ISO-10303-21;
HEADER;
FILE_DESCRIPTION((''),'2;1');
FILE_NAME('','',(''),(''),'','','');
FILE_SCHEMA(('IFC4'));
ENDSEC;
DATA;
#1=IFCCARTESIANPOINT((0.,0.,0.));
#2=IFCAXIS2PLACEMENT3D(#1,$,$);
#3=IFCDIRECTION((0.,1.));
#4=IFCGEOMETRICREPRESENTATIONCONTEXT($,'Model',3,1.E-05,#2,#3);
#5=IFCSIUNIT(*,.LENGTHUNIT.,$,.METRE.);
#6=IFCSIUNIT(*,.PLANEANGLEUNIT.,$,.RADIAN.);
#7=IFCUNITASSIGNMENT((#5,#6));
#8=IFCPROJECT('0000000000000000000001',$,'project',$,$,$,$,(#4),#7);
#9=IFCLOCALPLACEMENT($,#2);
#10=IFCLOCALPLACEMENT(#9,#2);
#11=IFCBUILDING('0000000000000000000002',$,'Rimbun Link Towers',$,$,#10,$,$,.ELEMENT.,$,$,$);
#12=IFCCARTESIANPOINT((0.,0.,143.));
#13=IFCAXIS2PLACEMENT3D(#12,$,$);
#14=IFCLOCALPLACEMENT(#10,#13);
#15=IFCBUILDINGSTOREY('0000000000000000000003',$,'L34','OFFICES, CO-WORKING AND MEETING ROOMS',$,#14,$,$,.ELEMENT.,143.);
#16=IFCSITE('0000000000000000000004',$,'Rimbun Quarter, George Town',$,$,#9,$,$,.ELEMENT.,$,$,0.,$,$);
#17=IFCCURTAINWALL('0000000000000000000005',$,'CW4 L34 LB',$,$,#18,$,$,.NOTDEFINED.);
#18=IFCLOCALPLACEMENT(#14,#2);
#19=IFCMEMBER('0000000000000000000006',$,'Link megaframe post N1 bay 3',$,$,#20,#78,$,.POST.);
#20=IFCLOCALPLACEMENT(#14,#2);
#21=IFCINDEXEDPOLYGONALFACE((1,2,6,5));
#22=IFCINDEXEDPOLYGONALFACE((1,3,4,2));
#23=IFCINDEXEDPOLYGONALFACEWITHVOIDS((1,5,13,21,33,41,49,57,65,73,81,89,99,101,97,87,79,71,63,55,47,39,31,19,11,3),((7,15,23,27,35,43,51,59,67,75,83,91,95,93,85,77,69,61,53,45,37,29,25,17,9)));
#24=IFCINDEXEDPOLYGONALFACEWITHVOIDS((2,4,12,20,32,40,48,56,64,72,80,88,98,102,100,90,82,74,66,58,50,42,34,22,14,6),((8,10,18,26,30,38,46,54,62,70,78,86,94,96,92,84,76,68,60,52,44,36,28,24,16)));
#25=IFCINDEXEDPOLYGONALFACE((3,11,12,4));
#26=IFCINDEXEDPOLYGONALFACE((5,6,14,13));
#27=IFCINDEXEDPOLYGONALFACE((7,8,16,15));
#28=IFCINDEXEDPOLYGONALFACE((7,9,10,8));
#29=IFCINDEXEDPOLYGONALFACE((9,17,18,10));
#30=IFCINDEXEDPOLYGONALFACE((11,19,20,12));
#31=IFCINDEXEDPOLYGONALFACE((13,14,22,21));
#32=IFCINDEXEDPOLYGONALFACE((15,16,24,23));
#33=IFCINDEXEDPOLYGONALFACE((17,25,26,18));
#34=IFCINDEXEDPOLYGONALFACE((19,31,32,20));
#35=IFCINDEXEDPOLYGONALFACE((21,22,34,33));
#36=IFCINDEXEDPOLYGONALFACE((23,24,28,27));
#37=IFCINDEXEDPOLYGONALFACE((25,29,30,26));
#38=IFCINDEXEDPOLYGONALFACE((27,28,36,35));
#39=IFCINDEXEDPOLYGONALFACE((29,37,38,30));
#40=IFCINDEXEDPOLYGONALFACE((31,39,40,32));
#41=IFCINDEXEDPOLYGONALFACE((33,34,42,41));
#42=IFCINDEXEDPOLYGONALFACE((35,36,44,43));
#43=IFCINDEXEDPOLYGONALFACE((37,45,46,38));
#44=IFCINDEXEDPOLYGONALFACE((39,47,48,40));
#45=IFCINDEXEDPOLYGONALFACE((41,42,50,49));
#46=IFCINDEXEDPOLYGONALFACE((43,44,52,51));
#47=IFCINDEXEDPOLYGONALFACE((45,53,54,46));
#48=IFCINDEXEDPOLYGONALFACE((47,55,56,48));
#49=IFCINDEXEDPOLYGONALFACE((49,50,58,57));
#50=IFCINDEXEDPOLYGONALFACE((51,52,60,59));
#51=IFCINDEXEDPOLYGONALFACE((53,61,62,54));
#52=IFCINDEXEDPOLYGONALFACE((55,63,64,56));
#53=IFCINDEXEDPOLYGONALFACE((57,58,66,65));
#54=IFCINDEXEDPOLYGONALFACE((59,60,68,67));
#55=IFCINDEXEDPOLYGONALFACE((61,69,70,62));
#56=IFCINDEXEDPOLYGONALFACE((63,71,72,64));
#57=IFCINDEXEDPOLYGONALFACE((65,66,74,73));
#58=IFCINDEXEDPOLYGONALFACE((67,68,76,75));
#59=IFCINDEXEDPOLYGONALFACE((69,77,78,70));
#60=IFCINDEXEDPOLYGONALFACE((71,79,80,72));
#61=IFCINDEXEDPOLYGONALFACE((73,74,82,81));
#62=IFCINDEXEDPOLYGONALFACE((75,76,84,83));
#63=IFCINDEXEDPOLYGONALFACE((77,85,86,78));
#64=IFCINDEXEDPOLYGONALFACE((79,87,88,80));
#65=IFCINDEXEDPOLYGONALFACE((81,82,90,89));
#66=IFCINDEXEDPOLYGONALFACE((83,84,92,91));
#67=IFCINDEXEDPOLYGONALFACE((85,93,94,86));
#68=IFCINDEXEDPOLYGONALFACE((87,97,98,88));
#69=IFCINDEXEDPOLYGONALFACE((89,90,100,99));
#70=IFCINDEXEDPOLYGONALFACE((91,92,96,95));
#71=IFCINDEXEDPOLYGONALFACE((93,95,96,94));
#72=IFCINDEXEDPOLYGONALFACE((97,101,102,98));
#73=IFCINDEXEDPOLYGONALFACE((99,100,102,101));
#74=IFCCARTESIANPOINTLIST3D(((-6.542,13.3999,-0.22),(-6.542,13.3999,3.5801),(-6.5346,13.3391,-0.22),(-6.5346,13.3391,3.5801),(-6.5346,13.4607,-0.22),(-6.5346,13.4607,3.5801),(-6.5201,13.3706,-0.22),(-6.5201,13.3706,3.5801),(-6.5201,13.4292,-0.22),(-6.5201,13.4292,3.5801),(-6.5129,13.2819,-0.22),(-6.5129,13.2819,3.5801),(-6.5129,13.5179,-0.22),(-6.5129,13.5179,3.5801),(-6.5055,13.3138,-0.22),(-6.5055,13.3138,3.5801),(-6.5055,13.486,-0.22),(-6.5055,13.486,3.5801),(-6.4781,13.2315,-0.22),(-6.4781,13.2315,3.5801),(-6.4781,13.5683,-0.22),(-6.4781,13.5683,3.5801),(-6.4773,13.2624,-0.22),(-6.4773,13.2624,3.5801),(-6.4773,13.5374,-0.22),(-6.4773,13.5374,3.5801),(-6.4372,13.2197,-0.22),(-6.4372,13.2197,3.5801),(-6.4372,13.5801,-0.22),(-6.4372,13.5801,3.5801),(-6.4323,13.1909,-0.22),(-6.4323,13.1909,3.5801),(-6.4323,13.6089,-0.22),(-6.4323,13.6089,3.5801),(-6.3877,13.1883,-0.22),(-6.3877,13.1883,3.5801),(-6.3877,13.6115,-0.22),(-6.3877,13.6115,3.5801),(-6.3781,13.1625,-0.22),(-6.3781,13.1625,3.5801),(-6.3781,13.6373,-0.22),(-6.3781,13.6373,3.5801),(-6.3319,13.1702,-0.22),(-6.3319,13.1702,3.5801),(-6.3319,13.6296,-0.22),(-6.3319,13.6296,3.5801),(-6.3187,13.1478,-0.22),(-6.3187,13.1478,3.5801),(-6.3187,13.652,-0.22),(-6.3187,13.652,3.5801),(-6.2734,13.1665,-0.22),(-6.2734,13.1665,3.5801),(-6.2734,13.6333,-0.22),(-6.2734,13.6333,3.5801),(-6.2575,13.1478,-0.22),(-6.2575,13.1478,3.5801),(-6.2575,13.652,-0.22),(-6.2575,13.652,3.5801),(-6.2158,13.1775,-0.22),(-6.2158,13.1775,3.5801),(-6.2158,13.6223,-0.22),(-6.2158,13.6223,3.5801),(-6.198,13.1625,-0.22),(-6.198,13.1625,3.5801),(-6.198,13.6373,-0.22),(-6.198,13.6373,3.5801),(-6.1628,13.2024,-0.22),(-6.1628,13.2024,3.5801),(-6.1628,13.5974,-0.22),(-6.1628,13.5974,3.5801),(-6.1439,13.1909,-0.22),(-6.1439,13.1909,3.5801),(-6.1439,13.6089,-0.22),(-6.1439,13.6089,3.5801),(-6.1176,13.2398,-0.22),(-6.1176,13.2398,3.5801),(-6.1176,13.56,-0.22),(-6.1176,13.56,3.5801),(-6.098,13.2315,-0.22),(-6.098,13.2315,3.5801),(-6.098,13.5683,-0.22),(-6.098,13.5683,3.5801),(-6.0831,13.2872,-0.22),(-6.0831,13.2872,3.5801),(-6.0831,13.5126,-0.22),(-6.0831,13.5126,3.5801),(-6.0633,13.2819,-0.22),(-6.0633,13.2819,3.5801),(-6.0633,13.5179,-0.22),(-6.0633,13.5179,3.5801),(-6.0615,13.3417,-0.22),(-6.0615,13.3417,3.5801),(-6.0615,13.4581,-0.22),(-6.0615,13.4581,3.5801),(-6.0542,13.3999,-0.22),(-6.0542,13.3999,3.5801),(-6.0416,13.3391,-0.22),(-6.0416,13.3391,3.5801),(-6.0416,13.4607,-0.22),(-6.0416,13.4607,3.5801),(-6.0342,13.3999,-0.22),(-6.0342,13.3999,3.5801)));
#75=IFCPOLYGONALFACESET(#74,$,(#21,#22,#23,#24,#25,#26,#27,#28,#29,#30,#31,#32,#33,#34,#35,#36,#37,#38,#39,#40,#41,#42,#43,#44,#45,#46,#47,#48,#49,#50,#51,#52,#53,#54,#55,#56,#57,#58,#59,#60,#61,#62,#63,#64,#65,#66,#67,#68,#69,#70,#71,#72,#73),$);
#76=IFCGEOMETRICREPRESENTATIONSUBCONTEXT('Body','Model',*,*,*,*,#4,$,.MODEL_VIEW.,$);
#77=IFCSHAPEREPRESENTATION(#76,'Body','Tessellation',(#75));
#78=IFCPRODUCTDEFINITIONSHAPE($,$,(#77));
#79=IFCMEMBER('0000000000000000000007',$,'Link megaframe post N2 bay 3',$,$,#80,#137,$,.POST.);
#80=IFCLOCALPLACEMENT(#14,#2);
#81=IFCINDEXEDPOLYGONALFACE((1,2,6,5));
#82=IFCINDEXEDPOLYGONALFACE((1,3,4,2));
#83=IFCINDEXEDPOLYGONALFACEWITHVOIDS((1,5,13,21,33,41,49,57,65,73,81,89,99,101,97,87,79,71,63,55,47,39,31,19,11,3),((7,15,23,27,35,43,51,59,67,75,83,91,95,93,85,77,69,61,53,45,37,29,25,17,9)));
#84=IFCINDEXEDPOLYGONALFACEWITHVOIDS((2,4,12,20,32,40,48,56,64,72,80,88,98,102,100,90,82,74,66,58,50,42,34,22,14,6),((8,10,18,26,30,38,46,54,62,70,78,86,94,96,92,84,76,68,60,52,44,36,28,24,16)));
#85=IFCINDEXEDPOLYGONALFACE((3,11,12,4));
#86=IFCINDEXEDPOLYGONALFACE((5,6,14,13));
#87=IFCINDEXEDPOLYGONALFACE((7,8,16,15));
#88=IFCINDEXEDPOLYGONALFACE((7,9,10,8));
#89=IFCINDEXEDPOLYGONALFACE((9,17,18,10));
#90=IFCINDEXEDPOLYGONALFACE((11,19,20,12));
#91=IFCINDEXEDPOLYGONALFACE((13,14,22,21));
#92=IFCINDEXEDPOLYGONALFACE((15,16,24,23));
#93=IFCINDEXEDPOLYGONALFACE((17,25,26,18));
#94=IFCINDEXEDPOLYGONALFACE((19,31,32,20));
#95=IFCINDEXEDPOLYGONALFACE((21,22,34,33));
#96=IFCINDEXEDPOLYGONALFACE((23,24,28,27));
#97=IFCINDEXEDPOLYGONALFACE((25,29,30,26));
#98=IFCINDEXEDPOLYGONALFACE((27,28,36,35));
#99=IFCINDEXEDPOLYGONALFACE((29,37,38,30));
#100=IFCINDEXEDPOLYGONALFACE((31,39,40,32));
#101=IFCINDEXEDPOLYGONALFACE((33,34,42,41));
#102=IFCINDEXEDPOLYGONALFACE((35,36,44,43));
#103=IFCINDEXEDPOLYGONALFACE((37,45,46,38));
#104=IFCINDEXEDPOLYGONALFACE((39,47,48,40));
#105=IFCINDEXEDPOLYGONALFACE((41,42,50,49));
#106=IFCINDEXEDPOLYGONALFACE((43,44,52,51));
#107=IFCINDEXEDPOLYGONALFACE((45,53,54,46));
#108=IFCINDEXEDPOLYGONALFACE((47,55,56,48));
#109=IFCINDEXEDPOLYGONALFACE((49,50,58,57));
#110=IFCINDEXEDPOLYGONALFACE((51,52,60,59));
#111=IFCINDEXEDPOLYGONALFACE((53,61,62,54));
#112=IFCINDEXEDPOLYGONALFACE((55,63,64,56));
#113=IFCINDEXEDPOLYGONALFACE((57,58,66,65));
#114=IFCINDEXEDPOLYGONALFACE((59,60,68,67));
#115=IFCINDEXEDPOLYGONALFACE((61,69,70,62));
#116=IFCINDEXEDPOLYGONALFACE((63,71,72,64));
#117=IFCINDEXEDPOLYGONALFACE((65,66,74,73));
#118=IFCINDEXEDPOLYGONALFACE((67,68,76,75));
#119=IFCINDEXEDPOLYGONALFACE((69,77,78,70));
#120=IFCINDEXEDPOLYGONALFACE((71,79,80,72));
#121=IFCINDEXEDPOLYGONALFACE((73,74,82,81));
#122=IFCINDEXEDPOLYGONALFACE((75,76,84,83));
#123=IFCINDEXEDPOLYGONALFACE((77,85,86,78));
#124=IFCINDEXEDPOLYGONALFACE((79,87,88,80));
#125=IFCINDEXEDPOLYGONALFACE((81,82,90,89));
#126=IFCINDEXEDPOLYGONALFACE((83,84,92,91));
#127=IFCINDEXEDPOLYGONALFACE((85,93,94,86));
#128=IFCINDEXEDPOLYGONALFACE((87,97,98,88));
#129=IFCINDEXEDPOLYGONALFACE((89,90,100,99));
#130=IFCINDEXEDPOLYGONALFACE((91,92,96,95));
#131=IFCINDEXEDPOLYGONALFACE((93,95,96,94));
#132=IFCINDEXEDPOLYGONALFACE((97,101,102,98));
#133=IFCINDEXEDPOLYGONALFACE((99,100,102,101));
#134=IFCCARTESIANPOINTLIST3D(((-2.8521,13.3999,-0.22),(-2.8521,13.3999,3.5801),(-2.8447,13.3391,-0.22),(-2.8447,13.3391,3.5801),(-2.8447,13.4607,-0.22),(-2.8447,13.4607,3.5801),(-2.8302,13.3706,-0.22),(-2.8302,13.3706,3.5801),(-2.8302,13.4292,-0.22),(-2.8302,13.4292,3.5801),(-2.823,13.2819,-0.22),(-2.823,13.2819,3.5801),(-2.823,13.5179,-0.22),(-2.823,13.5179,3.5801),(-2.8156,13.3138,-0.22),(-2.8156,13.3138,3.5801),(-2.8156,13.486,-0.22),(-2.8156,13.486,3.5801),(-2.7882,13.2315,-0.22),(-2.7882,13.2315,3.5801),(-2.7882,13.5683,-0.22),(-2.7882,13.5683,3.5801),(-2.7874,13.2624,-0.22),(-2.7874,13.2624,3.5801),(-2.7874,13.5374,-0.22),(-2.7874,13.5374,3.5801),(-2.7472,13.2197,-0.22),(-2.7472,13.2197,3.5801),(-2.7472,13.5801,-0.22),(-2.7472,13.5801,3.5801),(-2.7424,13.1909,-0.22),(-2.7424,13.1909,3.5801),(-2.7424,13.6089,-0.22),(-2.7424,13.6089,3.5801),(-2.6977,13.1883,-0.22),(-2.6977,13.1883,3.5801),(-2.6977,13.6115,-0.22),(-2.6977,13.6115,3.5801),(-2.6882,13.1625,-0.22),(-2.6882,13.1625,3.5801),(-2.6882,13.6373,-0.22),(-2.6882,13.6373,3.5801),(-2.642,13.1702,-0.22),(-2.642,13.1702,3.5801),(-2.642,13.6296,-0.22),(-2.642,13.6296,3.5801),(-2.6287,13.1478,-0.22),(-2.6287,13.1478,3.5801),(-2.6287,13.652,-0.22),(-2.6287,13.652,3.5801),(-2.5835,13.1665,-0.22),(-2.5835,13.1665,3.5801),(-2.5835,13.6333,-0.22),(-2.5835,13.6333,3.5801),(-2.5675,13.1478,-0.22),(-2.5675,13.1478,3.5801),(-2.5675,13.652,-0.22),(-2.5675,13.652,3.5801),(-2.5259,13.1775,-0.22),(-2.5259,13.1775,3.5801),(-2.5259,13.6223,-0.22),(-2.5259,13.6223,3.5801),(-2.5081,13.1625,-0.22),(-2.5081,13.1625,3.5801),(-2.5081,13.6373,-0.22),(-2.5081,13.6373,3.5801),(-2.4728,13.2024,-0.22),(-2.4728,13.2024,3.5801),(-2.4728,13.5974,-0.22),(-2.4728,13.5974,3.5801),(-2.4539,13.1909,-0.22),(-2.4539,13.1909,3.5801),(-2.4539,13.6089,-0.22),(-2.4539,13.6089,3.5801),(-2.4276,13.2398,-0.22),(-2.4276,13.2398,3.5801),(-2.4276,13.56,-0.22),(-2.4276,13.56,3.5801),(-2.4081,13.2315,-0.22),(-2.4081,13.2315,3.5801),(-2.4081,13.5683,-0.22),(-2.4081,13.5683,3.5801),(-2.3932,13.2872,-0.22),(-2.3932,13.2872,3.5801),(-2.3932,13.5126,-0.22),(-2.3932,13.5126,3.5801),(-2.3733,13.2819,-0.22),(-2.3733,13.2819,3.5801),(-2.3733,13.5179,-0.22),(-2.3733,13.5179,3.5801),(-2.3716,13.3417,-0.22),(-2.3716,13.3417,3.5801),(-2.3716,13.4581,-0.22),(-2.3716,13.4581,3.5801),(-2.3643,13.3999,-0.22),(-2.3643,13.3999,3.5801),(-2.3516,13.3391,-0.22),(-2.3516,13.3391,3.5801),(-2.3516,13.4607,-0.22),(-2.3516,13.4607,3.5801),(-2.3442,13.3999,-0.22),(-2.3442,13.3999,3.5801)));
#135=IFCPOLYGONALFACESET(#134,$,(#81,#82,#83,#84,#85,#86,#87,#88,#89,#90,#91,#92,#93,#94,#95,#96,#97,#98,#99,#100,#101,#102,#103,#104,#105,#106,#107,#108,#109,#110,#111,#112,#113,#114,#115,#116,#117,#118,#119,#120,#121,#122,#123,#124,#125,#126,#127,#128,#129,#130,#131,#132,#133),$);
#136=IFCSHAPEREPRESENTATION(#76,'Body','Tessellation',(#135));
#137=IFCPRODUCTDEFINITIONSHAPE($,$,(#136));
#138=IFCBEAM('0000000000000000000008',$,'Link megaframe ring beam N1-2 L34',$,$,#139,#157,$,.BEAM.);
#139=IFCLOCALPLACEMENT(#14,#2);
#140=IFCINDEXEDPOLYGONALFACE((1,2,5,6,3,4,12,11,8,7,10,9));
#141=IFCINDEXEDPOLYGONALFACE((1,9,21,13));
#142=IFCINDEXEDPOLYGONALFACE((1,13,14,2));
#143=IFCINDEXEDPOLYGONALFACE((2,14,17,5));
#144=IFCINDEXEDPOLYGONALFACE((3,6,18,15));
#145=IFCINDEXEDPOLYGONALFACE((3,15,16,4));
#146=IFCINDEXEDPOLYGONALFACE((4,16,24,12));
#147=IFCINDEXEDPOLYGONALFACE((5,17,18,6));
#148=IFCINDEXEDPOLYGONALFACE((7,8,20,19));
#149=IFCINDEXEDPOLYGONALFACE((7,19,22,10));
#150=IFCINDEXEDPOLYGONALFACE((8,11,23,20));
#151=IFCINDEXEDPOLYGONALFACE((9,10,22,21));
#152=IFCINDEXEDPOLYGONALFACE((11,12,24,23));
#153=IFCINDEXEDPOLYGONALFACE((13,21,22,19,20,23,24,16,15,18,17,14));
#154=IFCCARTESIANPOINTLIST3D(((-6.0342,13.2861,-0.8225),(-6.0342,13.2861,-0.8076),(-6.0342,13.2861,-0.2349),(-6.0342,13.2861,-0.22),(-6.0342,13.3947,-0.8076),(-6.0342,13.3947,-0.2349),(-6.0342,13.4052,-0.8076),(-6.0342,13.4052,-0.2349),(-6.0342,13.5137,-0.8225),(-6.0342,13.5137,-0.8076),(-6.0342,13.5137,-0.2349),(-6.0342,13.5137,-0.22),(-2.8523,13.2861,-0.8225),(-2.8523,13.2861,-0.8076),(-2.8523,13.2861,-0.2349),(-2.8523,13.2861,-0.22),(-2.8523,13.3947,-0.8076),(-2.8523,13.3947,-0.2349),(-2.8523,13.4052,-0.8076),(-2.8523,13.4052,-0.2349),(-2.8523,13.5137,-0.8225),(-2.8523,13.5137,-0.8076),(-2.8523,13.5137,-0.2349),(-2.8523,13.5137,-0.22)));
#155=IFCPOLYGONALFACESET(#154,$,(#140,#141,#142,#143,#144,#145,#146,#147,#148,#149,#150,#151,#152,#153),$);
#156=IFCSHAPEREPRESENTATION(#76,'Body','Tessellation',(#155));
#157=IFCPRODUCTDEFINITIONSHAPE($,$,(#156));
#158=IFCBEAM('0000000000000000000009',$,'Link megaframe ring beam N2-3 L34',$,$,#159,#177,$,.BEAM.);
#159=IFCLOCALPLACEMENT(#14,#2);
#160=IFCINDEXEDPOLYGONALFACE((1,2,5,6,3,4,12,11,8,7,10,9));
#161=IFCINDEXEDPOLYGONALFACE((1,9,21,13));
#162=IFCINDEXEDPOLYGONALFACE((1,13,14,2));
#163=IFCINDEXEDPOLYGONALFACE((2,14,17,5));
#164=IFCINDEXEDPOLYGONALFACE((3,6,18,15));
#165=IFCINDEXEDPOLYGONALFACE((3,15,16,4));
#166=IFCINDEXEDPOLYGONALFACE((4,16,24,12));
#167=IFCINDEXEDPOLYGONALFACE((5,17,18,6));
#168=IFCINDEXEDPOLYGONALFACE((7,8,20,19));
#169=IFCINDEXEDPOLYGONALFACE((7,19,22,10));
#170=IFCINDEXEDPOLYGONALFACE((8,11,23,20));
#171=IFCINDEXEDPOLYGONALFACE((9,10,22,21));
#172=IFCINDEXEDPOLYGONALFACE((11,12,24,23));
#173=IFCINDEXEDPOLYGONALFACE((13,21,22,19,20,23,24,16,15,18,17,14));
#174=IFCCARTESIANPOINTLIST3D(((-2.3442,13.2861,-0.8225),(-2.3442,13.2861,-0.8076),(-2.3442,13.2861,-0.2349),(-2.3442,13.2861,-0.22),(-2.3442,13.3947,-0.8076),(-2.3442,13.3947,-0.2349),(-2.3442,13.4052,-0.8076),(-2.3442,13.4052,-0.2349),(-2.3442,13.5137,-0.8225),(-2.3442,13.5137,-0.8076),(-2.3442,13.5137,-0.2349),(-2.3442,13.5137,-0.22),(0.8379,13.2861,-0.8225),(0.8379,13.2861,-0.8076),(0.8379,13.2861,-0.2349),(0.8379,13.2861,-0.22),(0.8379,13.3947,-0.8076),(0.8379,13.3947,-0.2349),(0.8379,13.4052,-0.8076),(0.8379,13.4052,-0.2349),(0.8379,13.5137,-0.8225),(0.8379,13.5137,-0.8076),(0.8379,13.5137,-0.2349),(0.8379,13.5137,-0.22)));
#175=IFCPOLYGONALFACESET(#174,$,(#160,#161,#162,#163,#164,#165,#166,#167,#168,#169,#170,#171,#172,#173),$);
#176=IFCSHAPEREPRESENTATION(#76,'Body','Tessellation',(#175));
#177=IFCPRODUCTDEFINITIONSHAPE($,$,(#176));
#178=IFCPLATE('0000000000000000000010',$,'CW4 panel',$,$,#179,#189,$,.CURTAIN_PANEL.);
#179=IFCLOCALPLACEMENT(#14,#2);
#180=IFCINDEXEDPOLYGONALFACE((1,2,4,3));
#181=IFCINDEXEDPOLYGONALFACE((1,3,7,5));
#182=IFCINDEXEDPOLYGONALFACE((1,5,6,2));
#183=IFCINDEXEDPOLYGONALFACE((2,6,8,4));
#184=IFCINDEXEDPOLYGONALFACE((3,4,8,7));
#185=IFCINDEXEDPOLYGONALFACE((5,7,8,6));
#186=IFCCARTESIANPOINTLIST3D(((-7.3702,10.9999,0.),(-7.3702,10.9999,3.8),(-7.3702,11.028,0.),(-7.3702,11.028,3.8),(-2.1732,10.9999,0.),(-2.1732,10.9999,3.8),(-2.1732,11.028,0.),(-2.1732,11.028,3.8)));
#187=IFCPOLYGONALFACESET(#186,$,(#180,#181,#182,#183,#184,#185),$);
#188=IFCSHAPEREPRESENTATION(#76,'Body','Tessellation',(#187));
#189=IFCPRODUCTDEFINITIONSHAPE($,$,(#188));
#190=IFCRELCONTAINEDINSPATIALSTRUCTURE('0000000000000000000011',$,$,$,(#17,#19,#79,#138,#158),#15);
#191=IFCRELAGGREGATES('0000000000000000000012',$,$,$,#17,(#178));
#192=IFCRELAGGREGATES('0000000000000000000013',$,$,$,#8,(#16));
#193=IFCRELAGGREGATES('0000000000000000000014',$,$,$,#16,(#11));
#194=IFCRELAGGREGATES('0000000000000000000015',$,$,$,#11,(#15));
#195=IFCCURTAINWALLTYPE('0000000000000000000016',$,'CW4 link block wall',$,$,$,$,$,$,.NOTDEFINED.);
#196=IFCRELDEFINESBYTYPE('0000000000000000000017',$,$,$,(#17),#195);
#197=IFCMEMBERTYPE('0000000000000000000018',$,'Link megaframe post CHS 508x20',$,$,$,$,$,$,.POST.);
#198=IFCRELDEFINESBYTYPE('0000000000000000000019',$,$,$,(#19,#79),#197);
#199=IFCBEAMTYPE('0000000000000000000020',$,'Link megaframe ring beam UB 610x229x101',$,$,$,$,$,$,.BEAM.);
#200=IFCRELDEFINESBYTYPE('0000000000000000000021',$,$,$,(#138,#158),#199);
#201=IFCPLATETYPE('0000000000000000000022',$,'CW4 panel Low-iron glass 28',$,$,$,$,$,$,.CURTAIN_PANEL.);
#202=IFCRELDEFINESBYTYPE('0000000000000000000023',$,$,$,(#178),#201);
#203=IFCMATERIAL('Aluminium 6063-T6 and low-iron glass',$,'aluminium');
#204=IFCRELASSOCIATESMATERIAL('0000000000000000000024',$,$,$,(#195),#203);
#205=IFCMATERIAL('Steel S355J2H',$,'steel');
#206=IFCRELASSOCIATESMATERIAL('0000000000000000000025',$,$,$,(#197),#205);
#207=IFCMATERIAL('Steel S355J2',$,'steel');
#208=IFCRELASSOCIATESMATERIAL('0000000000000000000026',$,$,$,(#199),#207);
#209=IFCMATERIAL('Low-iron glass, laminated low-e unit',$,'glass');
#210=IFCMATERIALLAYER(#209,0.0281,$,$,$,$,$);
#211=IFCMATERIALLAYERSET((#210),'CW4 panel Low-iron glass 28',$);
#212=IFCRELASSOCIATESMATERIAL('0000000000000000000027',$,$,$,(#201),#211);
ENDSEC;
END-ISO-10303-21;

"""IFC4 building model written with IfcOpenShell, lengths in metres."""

from ifc_helpers import new_model, si_unit, direction, frame, origin, origin_2d, place, context, subcontext, project, spatial, rectangle, hollow_circle, i_section, extrude, material, layer, layer_set, material_profile, profile_set, type_object, element, aggregate, save


model = new_model("IFC4")

# Units and contexts
model_context = context("Model", 3, precision=1e-05, world=origin(), true_north=direction((0.0, 1.0)))
body_context = subcontext(model_context, "Body", "Model", "MODEL_VIEW")
ifc_project = project(units=[si_unit("LENGTHUNIT", "METRE"), si_unit("PLANEANGLEUNIT", "RADIAN")], contexts=[model_context])

# Site, building, storey
site_placement = place(None, origin())
site = spatial("IfcSite", under=ifc_project, at=site_placement, Name="Rimbun Quarter, George Town", CompositionType="ELEMENT", RefElevation=0.0)
building_placement = place(site_placement, origin())
building = spatial("IfcBuilding", under=site, at=building_placement, Name="Rimbun Link Towers", CompositionType="ELEMENT")
storey_placement = place(building_placement, frame((0.0, 0.0, 143.0)))
storey = spatial("IfcBuildingStorey", under=building, at=storey_placement, Name="L34", Description="OFFICES, CO-WORKING AND MEETING ROOMS", CompositionType="ELEMENT", Elevation=143.0)

# Curtain wall
ifc_material_1 = material(Name="Aluminium 6063-T6 and low-iron glass", Category="aluminium")
curtain_wall_type = type_object("IfcCurtainWallType", Name="CW4 link block wall", PredefinedType="NOTDEFINED", material=ifc_material_1)
curtain_wall_placement = place(storey_placement, origin())
curtain_wall = element("IfcCurtainWall", 1, at=curtain_wall_placement, inside=storey, type_object=curtain_wall_type, Name="CW4 L34 LB", PredefinedType="NOTDEFINED")

# Members
ifc_material_2 = material(Name="Steel S355J2H", Category="steel")
ifc_material_profile_1 = material_profile(ifc_material_2, hollow_circle(Radius=0.2539, WallThickness=0.02, at=origin_2d()), Name="CHS 508x20")
ifc_profile_set_1 = profile_set([ifc_material_profile_1], Name="Steel S355J2H")
member_type_1 = type_object("IfcMemberType", Name="Link megaframe post CHS 508x20", PredefinedType="POST", material=ifc_profile_set_1)
for number, where, z_axis, x_axis, name in (
    (2, (-6.2881, 13.3999, -0.22), (0.0, 0.0, 1.0), (1.0, 0.0, 0.0), "Link megaframe post N1 bay 3"),
    (3, (-2.5981, 13.3999, -0.22), (0.0, 0.0, 1.0), (1.0, 0.0, 0.0), "Link megaframe post N2 bay 3"),
):
    element("IfcMember", number, at=place(storey_placement, frame(where, z_axis=z_axis, x_axis=x_axis)), inside=storey, type_object=member_type_1, Name=name, PredefinedType="POST", context=body_context, shape_type="SweptSolid", body=[
        extrude(hollow_circle(Radius=0.2539, WallThickness=0.02, at=origin_2d()), origin(), (0.0, 0.0, 1.0), 3.8),
    ])

# Beams
ifc_material_3 = material(Name="Steel S355J2", Category="steel")
ifc_material_profile_2 = material_profile(ifc_material_3, i_section(OverallWidth=0.2275, OverallDepth=0.6025, WebThickness=0.0105, FlangeThickness=0.0149, at=origin_2d()), Name="UB 610x229x101")
ifc_profile_set_2 = profile_set([ifc_material_profile_2], Name="Steel S355J2")
beam_type_1 = type_object("IfcBeamType", Name="Link megaframe ring beam UB 610x229x101", PredefinedType="BEAM", material=ifc_profile_set_2)
beam_1_placement = place(storey_placement, frame((-6.0342, 13.3999, -0.5212), z_axis=(1.0, 0.0, 0.0), x_axis=(0.0, 1.0, 0.0)))
element("IfcBeam", 4, at=beam_1_placement, inside=storey, type_object=beam_type_1, Name="Link megaframe ring beam N1-2 L34", PredefinedType="BEAM", context=body_context, shape_type="SweptSolid", body=[
    extrude(i_section(OverallWidth=0.2275, OverallDepth=0.6025, WebThickness=0.0105, FlangeThickness=0.0149, at=origin_2d()), origin(), (0.0, 0.0, 1.0), 3.1819),
])
beam_2_placement = place(storey_placement, frame((-2.3442, 13.3999, -0.5212), z_axis=(1.0, 0.0, 0.0), x_axis=(0.0, 1.0, 0.0)))
element("IfcBeam", 5, at=beam_2_placement, inside=storey, type_object=beam_type_1, Name="Link megaframe ring beam N2-3 L34", PredefinedType="BEAM", context=body_context, shape_type="SweptSolid", body=[
    extrude(i_section(OverallWidth=0.2275, OverallDepth=0.6025, WebThickness=0.0105, FlangeThickness=0.0149, at=origin_2d()), origin(), (0.0, 0.0, 1.0), 3.1821),
])

# Plate
ifc_material_4 = material(Name="Low-iron glass, laminated low-e unit", Category="glass")
ifc_layer_1 = layer(ifc_material_4, 0.0281)
ifc_layer_set_1 = layer_set([ifc_layer_1], Name="CW4 panel Low-iron glass 28")
plate_type = type_object("IfcPlateType", Name="CW4 panel Low-iron glass 28", PredefinedType="CURTAIN_PANEL", material=ifc_layer_set_1)
plate_placement = place(storey_placement, frame((-4.7717, 11.0139, 0.0), z_axis=(0.0, 0.0, 1.0), x_axis=(1.0, 0.0, 0.0)))
plate = element("IfcPlate", 6, at=plate_placement, type_object=plate_type, Name="CW4 panel", PredefinedType="CURTAIN_PANEL", context=body_context, shape_type="SweptSolid", body=[
    extrude(rectangle(XDim=5.197, YDim=0.0281, at=origin_2d()), origin(), (0.0, 0.0, 1.0), 3.8),
])
aggregate(curtain_wall, [plate])

save(model, "model.ifc")
